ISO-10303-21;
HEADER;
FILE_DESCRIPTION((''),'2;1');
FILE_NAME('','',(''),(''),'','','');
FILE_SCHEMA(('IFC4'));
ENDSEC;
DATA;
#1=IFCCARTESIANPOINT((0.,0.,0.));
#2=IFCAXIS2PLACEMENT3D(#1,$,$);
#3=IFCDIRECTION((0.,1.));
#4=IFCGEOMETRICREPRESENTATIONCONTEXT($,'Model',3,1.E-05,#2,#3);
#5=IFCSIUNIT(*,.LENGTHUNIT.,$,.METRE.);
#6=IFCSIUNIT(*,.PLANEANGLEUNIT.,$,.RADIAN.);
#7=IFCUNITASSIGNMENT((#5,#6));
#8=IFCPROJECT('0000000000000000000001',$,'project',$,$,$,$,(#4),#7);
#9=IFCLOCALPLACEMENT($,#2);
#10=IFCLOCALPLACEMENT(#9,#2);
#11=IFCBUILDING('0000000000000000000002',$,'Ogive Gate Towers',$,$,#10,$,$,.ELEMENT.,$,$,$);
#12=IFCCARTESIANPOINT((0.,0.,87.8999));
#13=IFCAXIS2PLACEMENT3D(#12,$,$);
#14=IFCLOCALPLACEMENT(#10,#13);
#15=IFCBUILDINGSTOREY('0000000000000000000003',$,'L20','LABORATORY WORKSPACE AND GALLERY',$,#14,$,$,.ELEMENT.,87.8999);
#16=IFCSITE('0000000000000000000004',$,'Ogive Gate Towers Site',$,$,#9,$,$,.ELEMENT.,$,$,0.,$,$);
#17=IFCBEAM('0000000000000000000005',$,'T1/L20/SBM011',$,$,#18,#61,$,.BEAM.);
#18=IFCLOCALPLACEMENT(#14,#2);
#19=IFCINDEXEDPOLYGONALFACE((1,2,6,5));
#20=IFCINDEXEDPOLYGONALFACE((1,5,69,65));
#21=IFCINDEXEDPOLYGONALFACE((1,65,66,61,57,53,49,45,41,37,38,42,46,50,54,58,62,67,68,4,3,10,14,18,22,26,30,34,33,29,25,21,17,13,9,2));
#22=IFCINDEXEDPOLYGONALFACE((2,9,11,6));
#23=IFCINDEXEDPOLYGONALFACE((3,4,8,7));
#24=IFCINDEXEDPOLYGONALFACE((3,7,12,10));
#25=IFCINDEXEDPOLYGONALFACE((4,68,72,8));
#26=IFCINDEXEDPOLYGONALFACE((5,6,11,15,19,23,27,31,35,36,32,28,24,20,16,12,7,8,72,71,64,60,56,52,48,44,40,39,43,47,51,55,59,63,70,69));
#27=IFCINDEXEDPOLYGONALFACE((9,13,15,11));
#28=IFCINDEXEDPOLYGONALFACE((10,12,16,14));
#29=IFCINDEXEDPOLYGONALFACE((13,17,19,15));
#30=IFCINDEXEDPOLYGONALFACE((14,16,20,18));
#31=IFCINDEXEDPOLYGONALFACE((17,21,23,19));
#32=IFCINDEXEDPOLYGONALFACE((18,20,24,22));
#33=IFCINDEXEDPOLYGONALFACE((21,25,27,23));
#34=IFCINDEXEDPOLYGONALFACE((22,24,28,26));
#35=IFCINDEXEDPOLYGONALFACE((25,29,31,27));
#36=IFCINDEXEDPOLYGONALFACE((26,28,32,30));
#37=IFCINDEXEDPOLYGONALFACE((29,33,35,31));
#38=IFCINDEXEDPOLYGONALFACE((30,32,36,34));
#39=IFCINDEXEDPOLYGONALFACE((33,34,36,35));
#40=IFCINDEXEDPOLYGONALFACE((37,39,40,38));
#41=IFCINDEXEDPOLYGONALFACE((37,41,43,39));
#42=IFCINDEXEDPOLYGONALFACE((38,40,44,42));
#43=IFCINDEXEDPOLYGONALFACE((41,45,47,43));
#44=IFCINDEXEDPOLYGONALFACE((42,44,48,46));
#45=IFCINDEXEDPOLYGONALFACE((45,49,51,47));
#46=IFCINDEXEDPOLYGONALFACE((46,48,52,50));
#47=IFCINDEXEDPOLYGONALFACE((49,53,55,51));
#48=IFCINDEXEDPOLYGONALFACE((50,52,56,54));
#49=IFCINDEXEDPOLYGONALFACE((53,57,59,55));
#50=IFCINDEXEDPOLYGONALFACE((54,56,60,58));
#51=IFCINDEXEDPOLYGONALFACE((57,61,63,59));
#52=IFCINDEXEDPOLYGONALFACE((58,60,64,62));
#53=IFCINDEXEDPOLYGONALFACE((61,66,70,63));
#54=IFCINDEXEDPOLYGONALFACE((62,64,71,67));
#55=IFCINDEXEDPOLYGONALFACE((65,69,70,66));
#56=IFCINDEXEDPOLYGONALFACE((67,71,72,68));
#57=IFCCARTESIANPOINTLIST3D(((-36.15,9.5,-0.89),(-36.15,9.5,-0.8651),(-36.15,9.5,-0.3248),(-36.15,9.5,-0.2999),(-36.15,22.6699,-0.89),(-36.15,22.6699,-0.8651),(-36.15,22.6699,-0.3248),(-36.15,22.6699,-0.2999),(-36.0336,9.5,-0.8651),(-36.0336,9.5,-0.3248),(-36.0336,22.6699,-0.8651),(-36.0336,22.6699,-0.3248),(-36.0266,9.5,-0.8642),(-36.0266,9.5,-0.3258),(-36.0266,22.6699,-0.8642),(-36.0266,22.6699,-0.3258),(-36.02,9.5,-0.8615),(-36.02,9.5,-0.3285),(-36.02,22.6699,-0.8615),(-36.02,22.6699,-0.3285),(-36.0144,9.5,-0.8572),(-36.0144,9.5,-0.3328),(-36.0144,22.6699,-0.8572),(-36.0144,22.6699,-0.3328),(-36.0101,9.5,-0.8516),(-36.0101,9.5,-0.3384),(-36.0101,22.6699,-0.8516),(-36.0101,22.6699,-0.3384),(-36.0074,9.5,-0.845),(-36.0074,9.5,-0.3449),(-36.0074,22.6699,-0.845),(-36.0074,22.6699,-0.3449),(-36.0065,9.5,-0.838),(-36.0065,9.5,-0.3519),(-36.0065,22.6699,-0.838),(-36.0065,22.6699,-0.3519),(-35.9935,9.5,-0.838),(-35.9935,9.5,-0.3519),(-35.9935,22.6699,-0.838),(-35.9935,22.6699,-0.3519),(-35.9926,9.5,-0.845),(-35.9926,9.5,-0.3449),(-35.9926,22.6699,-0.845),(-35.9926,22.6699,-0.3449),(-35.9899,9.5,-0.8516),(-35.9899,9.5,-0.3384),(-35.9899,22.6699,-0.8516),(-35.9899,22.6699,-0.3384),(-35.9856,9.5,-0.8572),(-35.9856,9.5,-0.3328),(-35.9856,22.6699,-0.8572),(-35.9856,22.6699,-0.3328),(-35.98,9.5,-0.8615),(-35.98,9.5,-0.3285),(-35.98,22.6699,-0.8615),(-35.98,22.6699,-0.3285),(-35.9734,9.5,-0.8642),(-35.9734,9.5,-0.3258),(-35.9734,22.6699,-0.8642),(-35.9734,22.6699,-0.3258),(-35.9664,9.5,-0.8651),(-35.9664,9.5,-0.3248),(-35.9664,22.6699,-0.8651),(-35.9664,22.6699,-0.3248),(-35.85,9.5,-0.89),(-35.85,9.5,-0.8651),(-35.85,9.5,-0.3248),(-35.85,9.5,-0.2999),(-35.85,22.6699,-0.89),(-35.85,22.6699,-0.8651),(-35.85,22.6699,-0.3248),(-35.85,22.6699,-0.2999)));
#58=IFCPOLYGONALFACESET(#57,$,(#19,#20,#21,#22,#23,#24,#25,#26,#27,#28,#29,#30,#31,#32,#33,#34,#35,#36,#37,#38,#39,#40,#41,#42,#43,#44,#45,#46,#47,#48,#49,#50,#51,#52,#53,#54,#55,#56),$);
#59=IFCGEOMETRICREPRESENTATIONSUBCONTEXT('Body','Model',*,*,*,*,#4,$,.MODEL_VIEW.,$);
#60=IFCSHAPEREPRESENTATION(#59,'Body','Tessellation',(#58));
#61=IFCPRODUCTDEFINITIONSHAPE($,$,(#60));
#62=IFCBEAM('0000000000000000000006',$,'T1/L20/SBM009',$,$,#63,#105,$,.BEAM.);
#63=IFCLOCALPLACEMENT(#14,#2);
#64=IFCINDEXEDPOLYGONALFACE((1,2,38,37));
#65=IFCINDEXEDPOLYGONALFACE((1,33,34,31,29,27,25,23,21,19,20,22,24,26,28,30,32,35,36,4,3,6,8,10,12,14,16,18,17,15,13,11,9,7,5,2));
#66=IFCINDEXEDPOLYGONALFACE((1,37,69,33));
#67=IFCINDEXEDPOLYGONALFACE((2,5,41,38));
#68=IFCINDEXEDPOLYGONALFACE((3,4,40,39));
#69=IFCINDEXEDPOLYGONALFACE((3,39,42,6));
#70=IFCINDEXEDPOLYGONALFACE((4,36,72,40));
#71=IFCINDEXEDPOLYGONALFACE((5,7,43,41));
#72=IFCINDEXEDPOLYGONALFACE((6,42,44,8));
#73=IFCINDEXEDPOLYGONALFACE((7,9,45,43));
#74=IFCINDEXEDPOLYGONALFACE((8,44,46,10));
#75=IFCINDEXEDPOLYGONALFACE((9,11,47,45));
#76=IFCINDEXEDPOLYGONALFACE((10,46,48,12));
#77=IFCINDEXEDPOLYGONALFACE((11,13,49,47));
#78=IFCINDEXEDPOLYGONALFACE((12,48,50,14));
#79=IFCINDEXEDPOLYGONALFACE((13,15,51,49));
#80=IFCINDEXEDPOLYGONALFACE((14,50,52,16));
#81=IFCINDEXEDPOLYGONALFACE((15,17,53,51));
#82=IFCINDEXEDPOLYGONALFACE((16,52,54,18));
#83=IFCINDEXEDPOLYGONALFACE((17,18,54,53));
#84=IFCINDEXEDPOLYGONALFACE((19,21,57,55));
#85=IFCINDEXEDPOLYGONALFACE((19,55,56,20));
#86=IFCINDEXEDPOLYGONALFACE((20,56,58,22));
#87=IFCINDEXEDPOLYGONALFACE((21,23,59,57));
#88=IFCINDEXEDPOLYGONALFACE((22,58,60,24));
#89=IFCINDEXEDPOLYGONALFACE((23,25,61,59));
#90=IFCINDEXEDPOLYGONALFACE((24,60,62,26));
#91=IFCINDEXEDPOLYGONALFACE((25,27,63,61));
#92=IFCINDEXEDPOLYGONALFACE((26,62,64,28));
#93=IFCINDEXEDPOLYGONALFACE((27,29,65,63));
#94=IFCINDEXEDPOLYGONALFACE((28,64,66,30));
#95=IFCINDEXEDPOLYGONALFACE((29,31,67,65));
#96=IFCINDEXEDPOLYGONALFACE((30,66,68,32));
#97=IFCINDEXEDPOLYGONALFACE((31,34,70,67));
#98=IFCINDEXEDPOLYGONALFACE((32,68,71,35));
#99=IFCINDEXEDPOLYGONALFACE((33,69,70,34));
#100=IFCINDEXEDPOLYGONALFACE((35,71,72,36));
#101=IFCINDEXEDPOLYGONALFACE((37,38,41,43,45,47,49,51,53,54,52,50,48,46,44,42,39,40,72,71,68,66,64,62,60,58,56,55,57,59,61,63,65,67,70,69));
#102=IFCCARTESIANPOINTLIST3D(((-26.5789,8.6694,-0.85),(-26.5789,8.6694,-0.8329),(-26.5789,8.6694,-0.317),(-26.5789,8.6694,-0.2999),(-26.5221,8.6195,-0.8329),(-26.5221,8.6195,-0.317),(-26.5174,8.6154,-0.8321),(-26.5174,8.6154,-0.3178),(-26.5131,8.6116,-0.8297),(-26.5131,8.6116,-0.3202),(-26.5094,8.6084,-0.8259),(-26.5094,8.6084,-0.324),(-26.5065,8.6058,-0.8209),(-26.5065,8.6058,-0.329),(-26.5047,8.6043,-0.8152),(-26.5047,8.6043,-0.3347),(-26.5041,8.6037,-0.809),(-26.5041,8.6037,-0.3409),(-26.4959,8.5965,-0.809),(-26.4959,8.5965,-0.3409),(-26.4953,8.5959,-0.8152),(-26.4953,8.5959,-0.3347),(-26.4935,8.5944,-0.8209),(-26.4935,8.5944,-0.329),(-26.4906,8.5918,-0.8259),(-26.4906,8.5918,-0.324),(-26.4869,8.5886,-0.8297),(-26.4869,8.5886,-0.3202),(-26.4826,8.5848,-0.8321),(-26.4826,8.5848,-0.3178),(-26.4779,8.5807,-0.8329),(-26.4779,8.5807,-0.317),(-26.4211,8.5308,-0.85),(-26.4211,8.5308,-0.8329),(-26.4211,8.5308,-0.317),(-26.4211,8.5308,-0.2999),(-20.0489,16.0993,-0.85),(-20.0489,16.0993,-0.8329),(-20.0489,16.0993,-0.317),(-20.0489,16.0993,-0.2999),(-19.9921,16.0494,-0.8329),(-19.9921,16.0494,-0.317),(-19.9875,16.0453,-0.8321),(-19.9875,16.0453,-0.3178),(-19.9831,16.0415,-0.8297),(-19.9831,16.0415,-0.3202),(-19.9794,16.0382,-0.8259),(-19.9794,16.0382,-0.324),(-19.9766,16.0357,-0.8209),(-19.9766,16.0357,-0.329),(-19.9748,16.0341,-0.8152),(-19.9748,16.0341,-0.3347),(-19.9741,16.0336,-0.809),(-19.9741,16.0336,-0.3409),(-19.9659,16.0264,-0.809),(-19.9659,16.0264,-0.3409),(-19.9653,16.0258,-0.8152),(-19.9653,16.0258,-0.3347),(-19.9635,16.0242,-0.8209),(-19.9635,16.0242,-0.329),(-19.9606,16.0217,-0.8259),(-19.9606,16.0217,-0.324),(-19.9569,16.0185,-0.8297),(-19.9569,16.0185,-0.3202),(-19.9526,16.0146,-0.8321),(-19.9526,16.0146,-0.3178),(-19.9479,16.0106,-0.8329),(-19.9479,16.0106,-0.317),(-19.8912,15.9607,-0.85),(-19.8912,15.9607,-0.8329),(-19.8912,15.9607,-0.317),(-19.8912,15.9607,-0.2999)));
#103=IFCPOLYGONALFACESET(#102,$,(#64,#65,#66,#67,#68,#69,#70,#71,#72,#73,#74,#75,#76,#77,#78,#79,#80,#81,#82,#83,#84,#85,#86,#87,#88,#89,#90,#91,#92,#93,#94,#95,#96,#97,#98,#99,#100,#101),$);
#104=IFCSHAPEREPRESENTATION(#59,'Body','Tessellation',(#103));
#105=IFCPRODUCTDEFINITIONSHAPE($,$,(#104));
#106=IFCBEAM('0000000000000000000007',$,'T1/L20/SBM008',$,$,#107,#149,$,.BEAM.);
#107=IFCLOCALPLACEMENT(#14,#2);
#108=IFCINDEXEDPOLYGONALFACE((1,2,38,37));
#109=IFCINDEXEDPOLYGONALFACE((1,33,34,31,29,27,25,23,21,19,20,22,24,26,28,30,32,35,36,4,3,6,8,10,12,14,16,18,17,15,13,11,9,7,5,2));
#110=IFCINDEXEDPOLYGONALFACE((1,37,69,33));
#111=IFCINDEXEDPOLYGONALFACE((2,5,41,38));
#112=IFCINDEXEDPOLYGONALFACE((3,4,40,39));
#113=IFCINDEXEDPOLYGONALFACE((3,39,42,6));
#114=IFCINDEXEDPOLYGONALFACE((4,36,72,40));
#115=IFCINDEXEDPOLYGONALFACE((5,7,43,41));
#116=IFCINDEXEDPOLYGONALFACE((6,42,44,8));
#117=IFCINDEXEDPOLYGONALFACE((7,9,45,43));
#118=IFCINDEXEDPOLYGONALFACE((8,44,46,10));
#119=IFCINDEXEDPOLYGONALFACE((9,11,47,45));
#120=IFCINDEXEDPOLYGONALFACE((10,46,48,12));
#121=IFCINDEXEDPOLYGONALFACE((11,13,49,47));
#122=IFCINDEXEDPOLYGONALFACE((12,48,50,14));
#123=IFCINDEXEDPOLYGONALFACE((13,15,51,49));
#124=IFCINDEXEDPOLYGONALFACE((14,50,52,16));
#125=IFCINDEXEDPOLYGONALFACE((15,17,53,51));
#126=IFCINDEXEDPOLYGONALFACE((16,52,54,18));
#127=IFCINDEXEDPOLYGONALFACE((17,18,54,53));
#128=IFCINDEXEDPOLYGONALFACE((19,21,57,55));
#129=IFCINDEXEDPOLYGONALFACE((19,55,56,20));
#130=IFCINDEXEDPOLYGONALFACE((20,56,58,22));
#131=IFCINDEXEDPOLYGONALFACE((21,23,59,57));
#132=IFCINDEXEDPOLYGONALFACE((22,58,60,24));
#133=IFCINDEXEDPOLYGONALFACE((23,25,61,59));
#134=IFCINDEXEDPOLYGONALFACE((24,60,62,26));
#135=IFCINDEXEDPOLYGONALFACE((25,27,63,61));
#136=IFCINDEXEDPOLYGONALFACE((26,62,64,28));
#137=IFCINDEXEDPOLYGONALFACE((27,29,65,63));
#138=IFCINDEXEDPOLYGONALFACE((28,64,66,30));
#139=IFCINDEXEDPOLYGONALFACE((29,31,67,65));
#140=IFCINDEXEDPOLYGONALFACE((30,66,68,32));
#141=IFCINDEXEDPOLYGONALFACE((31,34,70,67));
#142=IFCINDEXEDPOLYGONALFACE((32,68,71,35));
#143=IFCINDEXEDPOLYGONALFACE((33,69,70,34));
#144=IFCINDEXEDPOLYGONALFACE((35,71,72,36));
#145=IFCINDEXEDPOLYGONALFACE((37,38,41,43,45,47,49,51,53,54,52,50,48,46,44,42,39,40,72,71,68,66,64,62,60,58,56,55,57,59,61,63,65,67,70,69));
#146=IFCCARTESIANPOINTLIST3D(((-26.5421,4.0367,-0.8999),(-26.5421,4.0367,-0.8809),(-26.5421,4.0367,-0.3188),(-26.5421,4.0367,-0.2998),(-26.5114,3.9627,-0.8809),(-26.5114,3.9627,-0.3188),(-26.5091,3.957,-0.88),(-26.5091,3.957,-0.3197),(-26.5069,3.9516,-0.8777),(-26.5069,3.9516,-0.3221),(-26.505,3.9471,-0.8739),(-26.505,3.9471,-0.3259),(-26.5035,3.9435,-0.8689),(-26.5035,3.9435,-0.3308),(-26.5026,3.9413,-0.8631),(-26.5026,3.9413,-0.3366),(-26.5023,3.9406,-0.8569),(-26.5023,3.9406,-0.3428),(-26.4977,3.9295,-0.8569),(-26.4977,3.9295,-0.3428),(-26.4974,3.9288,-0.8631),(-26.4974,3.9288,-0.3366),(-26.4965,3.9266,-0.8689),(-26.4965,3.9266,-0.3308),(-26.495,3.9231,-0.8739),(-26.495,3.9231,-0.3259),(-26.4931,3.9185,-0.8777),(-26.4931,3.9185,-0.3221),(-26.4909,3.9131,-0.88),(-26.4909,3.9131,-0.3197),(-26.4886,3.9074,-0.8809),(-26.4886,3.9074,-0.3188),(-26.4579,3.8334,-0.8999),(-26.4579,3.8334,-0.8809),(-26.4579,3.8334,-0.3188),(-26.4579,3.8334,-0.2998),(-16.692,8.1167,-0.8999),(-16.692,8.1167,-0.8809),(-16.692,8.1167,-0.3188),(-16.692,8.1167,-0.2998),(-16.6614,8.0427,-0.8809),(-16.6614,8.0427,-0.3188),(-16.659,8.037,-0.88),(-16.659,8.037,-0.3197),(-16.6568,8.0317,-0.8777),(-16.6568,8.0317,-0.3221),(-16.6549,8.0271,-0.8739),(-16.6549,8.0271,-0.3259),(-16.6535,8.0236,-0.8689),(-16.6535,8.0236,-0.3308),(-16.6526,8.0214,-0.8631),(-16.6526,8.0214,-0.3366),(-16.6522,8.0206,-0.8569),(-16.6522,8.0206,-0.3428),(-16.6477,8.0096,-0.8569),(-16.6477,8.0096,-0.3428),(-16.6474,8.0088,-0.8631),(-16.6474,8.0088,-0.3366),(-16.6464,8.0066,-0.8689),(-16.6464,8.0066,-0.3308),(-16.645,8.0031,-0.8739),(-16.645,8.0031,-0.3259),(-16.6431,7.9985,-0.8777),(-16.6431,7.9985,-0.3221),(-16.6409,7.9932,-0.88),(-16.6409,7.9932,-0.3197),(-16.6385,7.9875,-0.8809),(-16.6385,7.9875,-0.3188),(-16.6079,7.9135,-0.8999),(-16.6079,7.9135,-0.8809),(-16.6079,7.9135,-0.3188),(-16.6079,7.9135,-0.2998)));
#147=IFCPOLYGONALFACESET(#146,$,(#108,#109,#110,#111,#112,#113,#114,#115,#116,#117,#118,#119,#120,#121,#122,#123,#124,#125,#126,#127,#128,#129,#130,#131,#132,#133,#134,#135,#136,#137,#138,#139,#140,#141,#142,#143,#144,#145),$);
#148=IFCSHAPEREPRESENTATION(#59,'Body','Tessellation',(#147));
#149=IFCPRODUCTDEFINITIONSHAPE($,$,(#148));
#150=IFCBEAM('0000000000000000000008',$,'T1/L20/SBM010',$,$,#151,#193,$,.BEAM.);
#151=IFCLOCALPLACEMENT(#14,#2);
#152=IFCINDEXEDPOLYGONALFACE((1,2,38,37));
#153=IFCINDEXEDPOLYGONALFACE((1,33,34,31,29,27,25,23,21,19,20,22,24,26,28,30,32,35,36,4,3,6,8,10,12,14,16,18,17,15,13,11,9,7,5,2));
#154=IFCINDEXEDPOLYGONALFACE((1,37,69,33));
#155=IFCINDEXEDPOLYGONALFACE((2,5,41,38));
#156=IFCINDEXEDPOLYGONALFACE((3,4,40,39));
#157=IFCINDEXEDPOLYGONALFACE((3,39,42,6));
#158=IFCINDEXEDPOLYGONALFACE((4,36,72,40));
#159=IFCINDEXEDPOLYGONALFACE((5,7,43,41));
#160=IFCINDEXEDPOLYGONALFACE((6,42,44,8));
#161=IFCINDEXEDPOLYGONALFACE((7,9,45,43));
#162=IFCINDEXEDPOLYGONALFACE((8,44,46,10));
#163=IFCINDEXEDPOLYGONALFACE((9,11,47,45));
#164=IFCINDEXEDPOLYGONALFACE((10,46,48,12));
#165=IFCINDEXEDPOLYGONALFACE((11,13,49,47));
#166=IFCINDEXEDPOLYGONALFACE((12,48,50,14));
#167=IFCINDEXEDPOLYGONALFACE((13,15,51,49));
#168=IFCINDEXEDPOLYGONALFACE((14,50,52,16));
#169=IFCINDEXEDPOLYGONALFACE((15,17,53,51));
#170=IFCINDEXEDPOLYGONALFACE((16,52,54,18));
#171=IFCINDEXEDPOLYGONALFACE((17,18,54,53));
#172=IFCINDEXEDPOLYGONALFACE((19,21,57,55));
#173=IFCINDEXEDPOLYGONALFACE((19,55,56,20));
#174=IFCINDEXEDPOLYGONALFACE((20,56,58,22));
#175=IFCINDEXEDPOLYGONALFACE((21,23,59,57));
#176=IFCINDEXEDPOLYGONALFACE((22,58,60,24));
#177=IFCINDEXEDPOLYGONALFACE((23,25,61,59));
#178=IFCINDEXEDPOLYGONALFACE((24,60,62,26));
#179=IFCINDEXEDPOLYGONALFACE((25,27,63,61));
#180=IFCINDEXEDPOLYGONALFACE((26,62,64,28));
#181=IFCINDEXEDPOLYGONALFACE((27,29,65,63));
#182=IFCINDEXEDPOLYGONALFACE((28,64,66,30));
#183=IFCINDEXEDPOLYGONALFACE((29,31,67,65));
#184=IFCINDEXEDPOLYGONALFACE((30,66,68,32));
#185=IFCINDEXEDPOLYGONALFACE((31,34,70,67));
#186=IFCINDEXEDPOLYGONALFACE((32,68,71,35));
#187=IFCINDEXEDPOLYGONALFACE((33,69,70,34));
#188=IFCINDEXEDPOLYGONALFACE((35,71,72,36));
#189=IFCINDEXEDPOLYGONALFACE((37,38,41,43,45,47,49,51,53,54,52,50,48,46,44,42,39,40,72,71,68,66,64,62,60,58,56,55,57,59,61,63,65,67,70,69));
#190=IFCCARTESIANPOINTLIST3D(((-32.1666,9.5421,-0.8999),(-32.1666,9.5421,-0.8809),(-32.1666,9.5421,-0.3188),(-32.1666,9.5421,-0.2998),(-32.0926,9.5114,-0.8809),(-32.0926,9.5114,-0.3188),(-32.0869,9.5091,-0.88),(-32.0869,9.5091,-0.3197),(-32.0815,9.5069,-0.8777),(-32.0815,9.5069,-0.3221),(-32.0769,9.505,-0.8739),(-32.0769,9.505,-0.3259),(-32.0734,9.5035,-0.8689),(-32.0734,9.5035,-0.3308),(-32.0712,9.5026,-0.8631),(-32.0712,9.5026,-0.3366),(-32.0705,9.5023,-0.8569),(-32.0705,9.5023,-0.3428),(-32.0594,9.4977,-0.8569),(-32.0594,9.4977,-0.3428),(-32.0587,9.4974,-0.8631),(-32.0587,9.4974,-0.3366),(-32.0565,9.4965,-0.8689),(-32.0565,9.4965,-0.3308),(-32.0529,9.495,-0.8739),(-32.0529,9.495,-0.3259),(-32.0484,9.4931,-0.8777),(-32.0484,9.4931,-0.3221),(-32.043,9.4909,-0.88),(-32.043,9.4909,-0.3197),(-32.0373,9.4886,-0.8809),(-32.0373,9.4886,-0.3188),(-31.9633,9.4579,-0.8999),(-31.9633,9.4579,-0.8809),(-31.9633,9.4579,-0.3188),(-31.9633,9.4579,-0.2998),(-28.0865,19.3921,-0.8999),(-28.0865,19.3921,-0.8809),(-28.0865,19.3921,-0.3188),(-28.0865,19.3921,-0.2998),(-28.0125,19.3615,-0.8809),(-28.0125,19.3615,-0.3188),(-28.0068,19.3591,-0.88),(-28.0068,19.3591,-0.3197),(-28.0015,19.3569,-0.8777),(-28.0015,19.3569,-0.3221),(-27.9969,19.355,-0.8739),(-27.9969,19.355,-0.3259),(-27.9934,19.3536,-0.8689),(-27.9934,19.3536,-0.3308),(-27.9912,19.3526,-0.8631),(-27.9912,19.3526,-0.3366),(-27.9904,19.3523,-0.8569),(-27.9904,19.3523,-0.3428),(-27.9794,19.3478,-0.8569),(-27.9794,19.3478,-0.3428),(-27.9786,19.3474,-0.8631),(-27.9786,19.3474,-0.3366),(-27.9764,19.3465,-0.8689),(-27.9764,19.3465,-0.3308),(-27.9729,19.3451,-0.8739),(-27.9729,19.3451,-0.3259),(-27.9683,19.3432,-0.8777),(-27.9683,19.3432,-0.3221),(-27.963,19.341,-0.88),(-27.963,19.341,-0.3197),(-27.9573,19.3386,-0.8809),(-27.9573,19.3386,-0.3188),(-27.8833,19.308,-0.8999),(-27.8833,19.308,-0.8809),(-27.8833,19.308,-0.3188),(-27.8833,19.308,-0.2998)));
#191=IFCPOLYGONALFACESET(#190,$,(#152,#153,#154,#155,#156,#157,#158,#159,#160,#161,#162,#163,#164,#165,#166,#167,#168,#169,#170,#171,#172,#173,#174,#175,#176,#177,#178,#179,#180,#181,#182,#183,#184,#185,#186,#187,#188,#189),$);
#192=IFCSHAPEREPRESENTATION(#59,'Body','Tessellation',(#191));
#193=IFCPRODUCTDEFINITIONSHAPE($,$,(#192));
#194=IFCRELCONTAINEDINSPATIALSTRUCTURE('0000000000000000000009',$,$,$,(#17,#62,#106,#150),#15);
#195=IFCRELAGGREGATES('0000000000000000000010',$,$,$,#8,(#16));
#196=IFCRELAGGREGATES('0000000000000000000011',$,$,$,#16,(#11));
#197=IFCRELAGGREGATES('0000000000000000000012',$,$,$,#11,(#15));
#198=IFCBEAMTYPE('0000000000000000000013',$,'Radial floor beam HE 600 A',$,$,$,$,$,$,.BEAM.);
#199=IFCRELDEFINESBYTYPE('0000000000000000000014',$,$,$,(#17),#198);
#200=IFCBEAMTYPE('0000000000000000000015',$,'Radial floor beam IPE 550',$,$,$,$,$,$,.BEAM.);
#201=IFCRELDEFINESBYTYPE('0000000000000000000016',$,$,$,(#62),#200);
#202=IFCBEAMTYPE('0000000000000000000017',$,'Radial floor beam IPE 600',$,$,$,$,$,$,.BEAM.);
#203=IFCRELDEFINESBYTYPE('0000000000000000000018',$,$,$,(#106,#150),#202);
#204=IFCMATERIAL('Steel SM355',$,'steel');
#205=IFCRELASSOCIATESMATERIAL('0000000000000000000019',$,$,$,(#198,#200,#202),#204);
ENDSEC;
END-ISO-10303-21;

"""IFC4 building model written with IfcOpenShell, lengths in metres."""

from ifc_helpers import new_model, si_unit, direction, frame, origin, origin_2d, place, context, subcontext, project, spatial, i_section, extrude, material, material_profile, profile_set, type_object, element, save


model = new_model("IFC4")

# Units and contexts
model_context = context("Model", 3, precision=1e-05, world=origin(), true_north=direction((0.0, 1.0)))
body_context = subcontext(model_context, "Body", "Model", "MODEL_VIEW")
ifc_project = project(units=[si_unit("LENGTHUNIT", "METRE"), si_unit("PLANEANGLEUNIT", "RADIAN")], contexts=[model_context])

# Site, building, storey
site_placement = place(None, origin())
site = spatial("IfcSite", under=ifc_project, at=site_placement, Name="Ogive Gate Towers Site", CompositionType="ELEMENT", RefElevation=0.0)
building_placement = place(site_placement, origin())
building = spatial("IfcBuilding", under=site, at=building_placement, Name="Ogive Gate Towers", CompositionType="ELEMENT")
storey_placement = place(building_placement, frame((0.0, 0.0, 87.8999)))
storey = spatial("IfcBuildingStorey", under=building, at=storey_placement, Name="L20", Description="LABORATORY WORKSPACE AND GALLERY", CompositionType="ELEMENT", Elevation=87.8999)

# Beams
ifc_material_1 = material(Name="Steel SM355", Category="steel")
ifc_material_profile_1 = material_profile(ifc_material_1, i_section(OverallWidth=0.3, OverallDepth=0.5901, WebThickness=0.0129, FlangeThickness=0.0249, FilletRadius=0.0271, at=origin_2d()), Name="HE 600 A")
ifc_profile_set_1 = profile_set([ifc_material_profile_1], Name="Steel SM355")
beam_type_1 = type_object("IfcBeamType", Name="Radial floor beam HE 600 A", PredefinedType="BEAM", material=ifc_profile_set_1)
beam_1_placement = place(storey_placement, frame((-36.0, 9.5, -0.595), z_axis=(0.0, 1.0, 0.0), x_axis=(-1.0, 0.0, 0.0)))
element("IfcBeam", 1, at=beam_1_placement, inside=storey, type_object=beam_type_1, Name="T1/L20/SBM011", PredefinedType="BEAM", context=body_context, shape_type="SweptSolid", body=[
    extrude(i_section(OverallWidth=0.3, OverallDepth=0.5901, WebThickness=0.0129, FlangeThickness=0.0249, FilletRadius=0.0271, at=origin_2d()), origin(), (0.0, 0.0, 1.0), 13.1699),
])
ifc_material_profile_2 = material_profile(ifc_material_1, i_section(OverallWidth=0.21, OverallDepth=0.55, WebThickness=0.011, FlangeThickness=0.0171, FilletRadius=0.0239, at=origin_2d()), Name="IPE 550")
ifc_profile_set_2 = profile_set([ifc_material_profile_2], Name="Steel SM355")
beam_type_2 = type_object("IfcBeamType", Name="Radial floor beam IPE 550", PredefinedType="BEAM", material=ifc_profile_set_2)
beam_2_placement = place(storey_placement, frame((-26.5, 8.6001, -0.575), z_axis=(0.660154, 0.75113, 0.0), x_axis=(-0.75113, 0.660154, 0.0)))
element("IfcBeam", 2, at=beam_2_placement, inside=storey, type_object=beam_type_2, Name="T1/L20/SBM009", PredefinedType="BEAM", context=body_context, shape_type="SweptSolid", body=[
    extrude(i_section(OverallWidth=0.21, OverallDepth=0.55, WebThickness=0.011, FlangeThickness=0.0171, FilletRadius=0.0239, at=origin_2d()), origin(), (0.0, 0.0, 1.0), 9.8916),
])
ifc_material_profile_3 = material_profile(ifc_material_1, i_section(OverallWidth=0.22, OverallDepth=0.6001, WebThickness=0.012, FlangeThickness=0.019, FilletRadius=0.0239, at=origin_2d()), Name="IPE 600")
ifc_profile_set_3 = profile_set([ifc_material_profile_3], Name="Steel SM355")
beam_type_3 = type_object("IfcBeamType", Name="Radial floor beam IPE 600", PredefinedType="BEAM", material=ifc_profile_set_3)
for number, where, z_axis, x_axis, name in (
    (3, (-26.5, 3.9351, -0.5999), (0.923878, 0.382686, 0.0), (-0.382686, 0.923878, 0.0), "T1/L20/SBM008"),
    (4, (-32.0649, 9.5, -0.5999), (0.382686, 0.923878, 0.0), (-0.923878, 0.382686, 0.0), "T1/L20/SBM010"),
):
    element("IfcBeam", number, at=place(storey_placement, frame(where, z_axis=z_axis, x_axis=x_axis)), inside=storey, type_object=beam_type_3, Name=name, PredefinedType="BEAM", context=body_context, shape_type="SweptSolid", body=[
        extrude(i_section(OverallWidth=0.22, OverallDepth=0.6001, WebThickness=0.012, FlangeThickness=0.019, FilletRadius=0.0239, at=origin_2d()), origin(), (0.0, 0.0, 1.0), 10.6616),
    ])

save(model, "model.ifc")
